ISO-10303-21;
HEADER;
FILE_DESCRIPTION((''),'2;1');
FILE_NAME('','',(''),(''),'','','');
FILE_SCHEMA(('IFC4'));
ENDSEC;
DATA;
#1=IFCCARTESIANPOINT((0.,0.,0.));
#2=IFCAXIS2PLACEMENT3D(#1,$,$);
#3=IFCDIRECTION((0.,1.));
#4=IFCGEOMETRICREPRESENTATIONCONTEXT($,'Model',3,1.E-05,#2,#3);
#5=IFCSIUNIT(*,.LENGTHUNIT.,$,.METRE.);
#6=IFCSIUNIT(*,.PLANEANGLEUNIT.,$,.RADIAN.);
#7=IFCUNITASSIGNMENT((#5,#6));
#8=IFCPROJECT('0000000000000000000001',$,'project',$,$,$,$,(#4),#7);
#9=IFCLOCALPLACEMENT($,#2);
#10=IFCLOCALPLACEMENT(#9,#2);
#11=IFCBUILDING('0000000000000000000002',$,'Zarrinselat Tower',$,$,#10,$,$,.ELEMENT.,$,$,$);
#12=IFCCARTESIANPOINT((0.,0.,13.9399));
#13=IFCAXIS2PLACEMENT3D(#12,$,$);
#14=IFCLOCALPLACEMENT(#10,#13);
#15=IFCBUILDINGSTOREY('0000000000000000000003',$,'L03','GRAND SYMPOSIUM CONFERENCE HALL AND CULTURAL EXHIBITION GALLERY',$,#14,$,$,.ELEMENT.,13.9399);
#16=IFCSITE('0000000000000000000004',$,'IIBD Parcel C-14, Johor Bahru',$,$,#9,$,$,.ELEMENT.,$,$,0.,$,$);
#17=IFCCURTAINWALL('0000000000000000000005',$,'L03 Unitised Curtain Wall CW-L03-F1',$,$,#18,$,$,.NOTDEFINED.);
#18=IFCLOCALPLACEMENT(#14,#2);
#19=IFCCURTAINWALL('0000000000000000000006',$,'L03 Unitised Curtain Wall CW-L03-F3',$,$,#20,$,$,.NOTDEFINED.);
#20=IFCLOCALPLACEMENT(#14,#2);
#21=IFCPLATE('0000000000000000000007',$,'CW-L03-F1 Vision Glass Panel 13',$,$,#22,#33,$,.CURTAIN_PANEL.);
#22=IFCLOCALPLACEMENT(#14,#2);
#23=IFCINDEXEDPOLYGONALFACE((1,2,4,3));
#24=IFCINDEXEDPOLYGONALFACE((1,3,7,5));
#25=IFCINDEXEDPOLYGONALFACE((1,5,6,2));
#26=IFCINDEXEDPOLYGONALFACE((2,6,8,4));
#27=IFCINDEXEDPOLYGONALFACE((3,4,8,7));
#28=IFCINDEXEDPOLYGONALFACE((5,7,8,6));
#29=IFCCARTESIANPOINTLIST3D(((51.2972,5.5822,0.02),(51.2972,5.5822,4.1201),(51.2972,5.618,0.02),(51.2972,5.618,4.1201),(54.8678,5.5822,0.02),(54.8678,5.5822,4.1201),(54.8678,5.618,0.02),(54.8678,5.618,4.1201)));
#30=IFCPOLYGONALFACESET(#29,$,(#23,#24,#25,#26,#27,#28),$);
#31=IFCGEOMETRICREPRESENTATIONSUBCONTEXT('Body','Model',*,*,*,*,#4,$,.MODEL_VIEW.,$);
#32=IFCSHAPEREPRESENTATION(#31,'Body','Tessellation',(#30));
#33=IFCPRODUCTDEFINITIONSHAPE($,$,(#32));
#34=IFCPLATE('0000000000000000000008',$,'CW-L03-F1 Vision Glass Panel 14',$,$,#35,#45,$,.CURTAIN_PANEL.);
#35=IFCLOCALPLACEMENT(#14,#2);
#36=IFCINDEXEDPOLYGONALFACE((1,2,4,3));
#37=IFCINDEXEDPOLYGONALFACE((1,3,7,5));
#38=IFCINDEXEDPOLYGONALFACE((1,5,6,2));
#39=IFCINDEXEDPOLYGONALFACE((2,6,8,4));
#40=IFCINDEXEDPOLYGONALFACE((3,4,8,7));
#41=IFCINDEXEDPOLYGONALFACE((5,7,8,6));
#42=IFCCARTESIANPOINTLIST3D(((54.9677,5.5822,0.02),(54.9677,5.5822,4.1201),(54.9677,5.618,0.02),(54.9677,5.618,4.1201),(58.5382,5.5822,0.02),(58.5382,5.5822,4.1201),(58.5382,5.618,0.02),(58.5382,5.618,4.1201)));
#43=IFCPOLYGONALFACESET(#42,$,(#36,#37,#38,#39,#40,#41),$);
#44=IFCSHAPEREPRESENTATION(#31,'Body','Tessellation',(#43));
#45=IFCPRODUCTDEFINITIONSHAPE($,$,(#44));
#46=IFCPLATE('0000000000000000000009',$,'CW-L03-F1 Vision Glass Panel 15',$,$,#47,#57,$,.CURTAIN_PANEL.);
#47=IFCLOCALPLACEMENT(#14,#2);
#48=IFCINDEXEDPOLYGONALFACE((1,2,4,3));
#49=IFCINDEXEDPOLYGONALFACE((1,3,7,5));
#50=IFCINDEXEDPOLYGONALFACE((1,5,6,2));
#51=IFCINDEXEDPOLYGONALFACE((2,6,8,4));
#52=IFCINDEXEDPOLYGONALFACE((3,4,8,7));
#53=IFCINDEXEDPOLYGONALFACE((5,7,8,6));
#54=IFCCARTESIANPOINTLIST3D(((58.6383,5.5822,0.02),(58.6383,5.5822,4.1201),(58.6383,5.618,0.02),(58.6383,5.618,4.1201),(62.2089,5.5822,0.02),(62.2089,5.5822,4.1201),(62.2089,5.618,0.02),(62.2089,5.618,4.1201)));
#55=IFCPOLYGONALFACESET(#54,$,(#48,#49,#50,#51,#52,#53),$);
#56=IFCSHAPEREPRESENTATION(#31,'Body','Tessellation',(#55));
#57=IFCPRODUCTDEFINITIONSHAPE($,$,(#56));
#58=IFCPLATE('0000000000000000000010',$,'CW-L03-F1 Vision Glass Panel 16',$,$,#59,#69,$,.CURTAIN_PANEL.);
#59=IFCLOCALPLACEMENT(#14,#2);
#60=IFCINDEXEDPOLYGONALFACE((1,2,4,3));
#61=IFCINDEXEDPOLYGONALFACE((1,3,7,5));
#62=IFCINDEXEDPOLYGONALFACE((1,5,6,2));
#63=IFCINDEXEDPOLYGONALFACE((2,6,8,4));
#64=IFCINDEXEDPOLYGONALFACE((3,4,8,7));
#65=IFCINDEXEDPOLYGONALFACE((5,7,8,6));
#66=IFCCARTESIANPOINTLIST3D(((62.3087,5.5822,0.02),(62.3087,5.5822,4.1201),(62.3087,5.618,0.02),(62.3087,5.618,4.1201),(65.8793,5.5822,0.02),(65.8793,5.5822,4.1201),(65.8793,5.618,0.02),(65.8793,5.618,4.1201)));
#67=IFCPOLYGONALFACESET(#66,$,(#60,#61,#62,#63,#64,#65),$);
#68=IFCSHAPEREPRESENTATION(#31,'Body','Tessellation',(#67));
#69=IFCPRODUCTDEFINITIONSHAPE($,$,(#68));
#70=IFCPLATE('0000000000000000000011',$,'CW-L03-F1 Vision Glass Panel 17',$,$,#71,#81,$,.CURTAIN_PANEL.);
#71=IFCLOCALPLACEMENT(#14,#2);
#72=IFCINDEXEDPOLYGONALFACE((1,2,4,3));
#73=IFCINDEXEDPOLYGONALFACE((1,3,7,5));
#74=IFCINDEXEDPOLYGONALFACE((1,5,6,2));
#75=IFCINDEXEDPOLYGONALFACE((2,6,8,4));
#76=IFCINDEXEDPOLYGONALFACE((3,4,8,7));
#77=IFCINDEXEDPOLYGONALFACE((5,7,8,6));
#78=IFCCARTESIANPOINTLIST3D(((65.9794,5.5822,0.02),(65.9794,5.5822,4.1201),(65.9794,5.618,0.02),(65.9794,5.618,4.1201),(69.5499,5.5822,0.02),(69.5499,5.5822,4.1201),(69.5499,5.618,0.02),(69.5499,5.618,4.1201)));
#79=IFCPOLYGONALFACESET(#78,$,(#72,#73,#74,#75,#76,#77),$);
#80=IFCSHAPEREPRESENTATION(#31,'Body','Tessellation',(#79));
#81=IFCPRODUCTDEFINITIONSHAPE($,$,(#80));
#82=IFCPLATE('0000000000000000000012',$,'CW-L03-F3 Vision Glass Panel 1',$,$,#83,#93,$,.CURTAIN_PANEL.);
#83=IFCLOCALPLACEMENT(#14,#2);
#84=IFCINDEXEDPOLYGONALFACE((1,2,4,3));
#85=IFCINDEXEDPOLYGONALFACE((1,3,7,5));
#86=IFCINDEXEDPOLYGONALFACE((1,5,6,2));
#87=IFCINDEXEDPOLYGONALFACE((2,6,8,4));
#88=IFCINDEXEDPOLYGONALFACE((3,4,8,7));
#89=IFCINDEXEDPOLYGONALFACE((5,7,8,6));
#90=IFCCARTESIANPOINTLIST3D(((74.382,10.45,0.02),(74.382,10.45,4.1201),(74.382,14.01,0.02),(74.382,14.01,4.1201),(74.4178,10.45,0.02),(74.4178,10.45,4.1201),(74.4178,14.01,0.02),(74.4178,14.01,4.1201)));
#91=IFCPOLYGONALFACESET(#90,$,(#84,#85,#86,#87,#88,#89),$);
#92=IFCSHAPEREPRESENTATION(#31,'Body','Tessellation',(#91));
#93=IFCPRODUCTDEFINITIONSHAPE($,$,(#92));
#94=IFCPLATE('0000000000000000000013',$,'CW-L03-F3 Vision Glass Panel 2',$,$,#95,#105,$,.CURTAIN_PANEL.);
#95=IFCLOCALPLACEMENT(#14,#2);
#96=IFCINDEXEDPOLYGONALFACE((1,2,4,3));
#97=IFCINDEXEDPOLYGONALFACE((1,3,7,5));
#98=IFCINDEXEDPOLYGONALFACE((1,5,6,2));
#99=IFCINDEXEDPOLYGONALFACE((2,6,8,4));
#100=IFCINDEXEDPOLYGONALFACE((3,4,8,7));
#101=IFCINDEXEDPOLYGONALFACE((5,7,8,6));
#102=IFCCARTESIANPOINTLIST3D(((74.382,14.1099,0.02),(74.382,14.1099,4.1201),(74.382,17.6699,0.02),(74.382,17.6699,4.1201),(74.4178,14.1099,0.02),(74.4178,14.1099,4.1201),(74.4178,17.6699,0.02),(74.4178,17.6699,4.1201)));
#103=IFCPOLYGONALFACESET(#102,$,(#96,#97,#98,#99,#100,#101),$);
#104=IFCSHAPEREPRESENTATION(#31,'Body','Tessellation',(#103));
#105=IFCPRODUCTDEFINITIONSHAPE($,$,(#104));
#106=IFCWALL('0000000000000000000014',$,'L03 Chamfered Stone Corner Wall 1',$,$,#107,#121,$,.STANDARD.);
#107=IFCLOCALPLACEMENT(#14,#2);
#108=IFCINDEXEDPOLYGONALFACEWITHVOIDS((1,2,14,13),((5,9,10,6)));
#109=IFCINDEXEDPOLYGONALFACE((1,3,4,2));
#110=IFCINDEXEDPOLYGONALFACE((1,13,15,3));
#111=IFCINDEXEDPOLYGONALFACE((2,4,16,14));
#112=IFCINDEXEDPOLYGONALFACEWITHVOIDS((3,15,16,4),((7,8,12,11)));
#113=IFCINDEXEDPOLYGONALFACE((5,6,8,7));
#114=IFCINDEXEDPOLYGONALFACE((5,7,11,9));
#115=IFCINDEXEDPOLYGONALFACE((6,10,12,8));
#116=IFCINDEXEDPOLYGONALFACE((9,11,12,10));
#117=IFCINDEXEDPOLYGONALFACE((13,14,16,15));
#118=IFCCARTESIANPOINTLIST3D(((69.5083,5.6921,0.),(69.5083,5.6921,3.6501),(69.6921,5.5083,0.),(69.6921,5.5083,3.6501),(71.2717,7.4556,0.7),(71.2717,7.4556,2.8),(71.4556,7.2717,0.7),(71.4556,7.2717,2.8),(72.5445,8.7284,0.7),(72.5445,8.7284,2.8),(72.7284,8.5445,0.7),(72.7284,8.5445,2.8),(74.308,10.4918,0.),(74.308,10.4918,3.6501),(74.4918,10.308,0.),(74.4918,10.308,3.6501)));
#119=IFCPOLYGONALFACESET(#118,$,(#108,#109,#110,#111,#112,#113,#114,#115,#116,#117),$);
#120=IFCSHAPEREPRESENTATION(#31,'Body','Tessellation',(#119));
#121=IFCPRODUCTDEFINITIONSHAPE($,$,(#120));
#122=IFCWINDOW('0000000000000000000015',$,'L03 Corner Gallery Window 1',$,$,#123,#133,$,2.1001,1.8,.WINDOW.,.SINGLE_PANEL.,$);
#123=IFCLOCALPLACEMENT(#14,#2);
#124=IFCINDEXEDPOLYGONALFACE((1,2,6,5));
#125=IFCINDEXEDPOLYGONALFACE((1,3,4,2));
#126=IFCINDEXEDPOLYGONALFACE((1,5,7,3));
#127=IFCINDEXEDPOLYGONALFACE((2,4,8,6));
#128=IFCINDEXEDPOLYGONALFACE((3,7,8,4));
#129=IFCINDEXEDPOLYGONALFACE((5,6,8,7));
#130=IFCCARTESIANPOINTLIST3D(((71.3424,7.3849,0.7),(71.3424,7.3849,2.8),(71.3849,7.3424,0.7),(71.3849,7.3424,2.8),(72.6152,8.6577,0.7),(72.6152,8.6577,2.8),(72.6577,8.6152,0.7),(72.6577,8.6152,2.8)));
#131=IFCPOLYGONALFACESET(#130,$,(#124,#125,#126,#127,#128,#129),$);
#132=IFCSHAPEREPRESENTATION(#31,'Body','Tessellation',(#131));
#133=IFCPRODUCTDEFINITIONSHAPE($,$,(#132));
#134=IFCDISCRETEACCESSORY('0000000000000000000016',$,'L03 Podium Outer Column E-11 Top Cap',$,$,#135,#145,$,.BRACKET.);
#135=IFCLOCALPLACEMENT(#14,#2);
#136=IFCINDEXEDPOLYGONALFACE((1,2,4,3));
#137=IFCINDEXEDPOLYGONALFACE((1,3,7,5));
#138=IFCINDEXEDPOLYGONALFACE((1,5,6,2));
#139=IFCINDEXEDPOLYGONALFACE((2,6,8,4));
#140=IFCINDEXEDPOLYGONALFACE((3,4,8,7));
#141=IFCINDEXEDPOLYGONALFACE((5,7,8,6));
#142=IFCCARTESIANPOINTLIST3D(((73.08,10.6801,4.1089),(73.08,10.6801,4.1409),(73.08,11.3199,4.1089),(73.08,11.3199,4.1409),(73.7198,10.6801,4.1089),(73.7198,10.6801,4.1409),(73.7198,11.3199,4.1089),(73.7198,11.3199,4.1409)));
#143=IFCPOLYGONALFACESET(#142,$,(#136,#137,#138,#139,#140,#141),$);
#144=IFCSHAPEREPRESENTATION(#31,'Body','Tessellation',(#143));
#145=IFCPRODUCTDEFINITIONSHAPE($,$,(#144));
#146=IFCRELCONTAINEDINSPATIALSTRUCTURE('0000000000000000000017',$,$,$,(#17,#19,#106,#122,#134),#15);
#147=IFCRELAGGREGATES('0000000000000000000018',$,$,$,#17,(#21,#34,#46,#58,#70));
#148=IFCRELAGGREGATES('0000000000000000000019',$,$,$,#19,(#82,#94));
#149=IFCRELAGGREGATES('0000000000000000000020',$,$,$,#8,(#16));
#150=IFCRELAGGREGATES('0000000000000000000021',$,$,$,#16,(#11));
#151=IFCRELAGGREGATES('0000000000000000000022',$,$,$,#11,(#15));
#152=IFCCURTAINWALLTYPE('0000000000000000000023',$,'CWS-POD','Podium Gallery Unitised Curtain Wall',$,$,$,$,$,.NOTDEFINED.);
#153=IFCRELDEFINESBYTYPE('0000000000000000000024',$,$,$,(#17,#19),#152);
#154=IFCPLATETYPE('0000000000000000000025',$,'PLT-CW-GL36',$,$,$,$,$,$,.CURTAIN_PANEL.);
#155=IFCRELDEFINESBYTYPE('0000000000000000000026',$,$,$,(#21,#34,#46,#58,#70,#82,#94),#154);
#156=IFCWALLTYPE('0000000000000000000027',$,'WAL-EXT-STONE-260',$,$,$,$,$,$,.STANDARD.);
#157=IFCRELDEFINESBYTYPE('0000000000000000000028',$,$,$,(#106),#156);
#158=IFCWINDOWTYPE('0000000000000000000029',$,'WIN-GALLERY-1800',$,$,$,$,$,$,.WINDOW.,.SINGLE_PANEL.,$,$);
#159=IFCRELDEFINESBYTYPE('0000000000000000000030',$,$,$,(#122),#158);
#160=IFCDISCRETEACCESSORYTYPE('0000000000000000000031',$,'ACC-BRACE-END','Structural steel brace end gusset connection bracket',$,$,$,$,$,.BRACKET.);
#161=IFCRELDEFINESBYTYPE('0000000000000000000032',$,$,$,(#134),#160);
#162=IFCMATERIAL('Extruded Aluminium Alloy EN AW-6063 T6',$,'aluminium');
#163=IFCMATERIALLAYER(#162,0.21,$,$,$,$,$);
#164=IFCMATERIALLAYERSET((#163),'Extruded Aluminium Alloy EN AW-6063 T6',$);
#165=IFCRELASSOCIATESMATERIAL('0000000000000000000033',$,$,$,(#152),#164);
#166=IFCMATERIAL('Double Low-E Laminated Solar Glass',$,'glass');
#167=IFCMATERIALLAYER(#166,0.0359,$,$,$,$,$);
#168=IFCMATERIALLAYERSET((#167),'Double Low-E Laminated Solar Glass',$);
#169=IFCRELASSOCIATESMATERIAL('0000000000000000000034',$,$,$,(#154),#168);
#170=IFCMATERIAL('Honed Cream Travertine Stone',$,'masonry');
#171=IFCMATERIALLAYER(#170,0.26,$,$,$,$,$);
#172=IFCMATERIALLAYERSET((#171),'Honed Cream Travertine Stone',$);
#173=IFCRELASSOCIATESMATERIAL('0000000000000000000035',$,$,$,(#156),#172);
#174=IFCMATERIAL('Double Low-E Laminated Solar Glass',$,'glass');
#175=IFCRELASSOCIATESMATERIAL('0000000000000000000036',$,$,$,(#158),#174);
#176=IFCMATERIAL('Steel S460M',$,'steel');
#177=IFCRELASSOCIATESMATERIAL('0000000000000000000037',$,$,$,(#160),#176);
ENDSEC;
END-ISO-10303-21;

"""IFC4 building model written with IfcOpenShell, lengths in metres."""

from ifc_helpers import new_model, si_unit, direction, frame, frame_2d, origin, origin_2d, place, context, subcontext, project, spatial, rectangle, extrude, material, layer, layer_set, type_object, element, fill, aggregate, save


model = new_model("IFC4")

# Units and contexts
model_context = context("Model", 3, precision=1e-05, world=origin(), true_north=direction((0.0, 1.0)))
body_context = subcontext(model_context, "Body", "Model", "MODEL_VIEW")
ifc_project = project(units=[si_unit("LENGTHUNIT", "METRE"), si_unit("PLANEANGLEUNIT", "RADIAN")], contexts=[model_context])

# Site, building, storey
site_placement = place(None, origin())
site = spatial("IfcSite", under=ifc_project, at=site_placement, Name="IIBD Parcel C-14, Johor Bahru", CompositionType="ELEMENT", RefElevation=0.0)
building_placement = place(site_placement, origin())
building = spatial("IfcBuilding", under=site, at=building_placement, Name="Zarrinselat Tower", CompositionType="ELEMENT")
storey_placement = place(building_placement, frame((0.0, 0.0, 13.9399)))
storey = spatial("IfcBuildingStorey", under=building, at=storey_placement, Name="L03", Description="GRAND SYMPOSIUM CONFERENCE HALL AND CULTURAL EXHIBITION GALLERY", CompositionType="ELEMENT", Elevation=13.9399)

# Curtain walls
ifc_material_1 = material(Name="Extruded Aluminium Alloy EN AW-6063 T6", Category="aluminium")
ifc_layer_1 = layer(ifc_material_1, 0.21)
ifc_layer_set_1 = layer_set([ifc_layer_1], Name="Extruded Aluminium Alloy EN AW-6063 T6")
curtain_wall_type = type_object("IfcCurtainWallType", Name="CWS-POD", Description="Podium Gallery Unitised Curtain Wall", PredefinedType="NOTDEFINED", material=ifc_layer_set_1)
curtain_wall_1_placement = place(storey_placement, origin())
curtain_wall_1 = element("IfcCurtainWall", 1, at=curtain_wall_1_placement, inside=storey, type_object=curtain_wall_type, Name="L03 Unitised Curtain Wall CW-L03-F1", PredefinedType="NOTDEFINED")
curtain_wall_2_placement = place(storey_placement, origin())
curtain_wall_2 = element("IfcCurtainWall", 2, at=curtain_wall_2_placement, inside=storey, type_object=curtain_wall_type, Name="L03 Unitised Curtain Wall CW-L03-F3", PredefinedType="NOTDEFINED")

# Plates
ifc_material_2 = material(Name="Double Low-E Laminated Solar Glass", Category="glass")
ifc_layer_2 = layer(ifc_material_2, 0.0359)
ifc_layer_set_2 = layer_set([ifc_layer_2], Name="Double Low-E Laminated Solar Glass")
plate_type = type_object("IfcPlateType", Name="PLT-CW-GL36", PredefinedType="CURTAIN_PANEL", material=ifc_layer_set_2)
plate_1_placement = place(storey_placement, frame((53.0825, 5.6001, 0.02), z_axis=(0.0, 0.0, 1.0), x_axis=(1.0, 0.0, 0.0)))
plate_1 = element("IfcPlate", 3, at=plate_1_placement, type_object=plate_type, Name="CW-L03-F1 Vision Glass Panel 13", PredefinedType="CURTAIN_PANEL", context=body_context, shape_type="SweptSolid", body=[
    extrude(rectangle(XDim=3.5706, YDim=0.0359, at=origin_2d()), origin(), (0.0, 0.0, 1.0), 4.1001),
])
plate_2_placement = place(storey_placement, frame((56.7529, 5.6001, 0.02), z_axis=(0.0, 0.0, 1.0), x_axis=(1.0, 0.0, 0.0)))
plate_2 = element("IfcPlate", 4, at=plate_2_placement, type_object=plate_type, Name="CW-L03-F1 Vision Glass Panel 14", PredefinedType="CURTAIN_PANEL", context=body_context, shape_type="SweptSolid", body=[
    extrude(rectangle(XDim=3.5706, YDim=0.0359, at=origin_2d()), origin(), (0.0, 0.0, 1.0), 4.1001),
])
plate_3_placement = place(storey_placement, frame((60.4236, 5.6001, 0.02), z_axis=(0.0, 0.0, 1.0), x_axis=(1.0, 0.0, 0.0)))
plate_3 = element("IfcPlate", 5, at=plate_3_placement, type_object=plate_type, Name="CW-L03-F1 Vision Glass Panel 15", PredefinedType="CURTAIN_PANEL", context=body_context, shape_type="SweptSolid", body=[
    extrude(rectangle(XDim=3.5706, YDim=0.0359, at=origin_2d()), origin(), (0.0, 0.0, 1.0), 4.1001),
])
plate_4_placement = place(storey_placement, frame((64.094, 5.6001, 0.02), z_axis=(0.0, 0.0, 1.0), x_axis=(1.0, 0.0, 0.0)))
plate_4 = element("IfcPlate", 6, at=plate_4_placement, type_object=plate_type, Name="CW-L03-F1 Vision Glass Panel 16", PredefinedType="CURTAIN_PANEL", context=body_context, shape_type="SweptSolid", body=[
    extrude(rectangle(XDim=3.5706, YDim=0.0359, at=origin_2d()), origin(), (0.0, 0.0, 1.0), 4.1001),
])
plate_5_placement = place(storey_placement, frame((67.7646, 5.6001, 0.02), z_axis=(0.0, 0.0, 1.0), x_axis=(1.0, 0.0, 0.0)))
plate_5 = element("IfcPlate", 7, at=plate_5_placement, type_object=plate_type, Name="CW-L03-F1 Vision Glass Panel 17", PredefinedType="CURTAIN_PANEL", context=body_context, shape_type="SweptSolid", body=[
    extrude(rectangle(XDim=3.5706, YDim=0.0359, at=origin_2d()), origin(), (0.0, 0.0, 1.0), 4.1001),
])
aggregate(curtain_wall_1, [plate_1, plate_2, plate_3, plate_4, plate_5])
plate_6_placement = place(storey_placement, frame((74.3999, 12.23, 0.02), z_axis=(0.0, 0.0, 1.0), x_axis=(0.0, 1.0, 0.0)))
plate_6 = element("IfcPlate", 8, at=plate_6_placement, type_object=plate_type, Name="CW-L03-F3 Vision Glass Panel 1", PredefinedType="CURTAIN_PANEL", context=body_context, shape_type="SweptSolid", body=[
    extrude(rectangle(XDim=3.5601, YDim=0.0359, at=origin_2d()), origin(), (0.0, 0.0, 1.0), 4.1001),
])
plate_7_placement = place(storey_placement, frame((74.3999, 15.8899, 0.02), z_axis=(0.0, 0.0, 1.0), x_axis=(0.0, 1.0, 0.0)))
plate_7 = element("IfcPlate", 9, at=plate_7_placement, type_object=plate_type, Name="CW-L03-F3 Vision Glass Panel 2", PredefinedType="CURTAIN_PANEL", context=body_context, shape_type="SweptSolid", body=[
    extrude(rectangle(XDim=3.5601, YDim=0.0359, at=origin_2d()), origin(), (0.0, 0.0, 1.0), 4.1001),
])
aggregate(curtain_wall_2, [plate_6, plate_7])

# Wall, opening, window
ifc_material_3 = material(Name="Honed Cream Travertine Stone", Category="masonry")
ifc_layer_3 = layer(ifc_material_3, 0.26)
ifc_layer_set_3 = layer_set([ifc_layer_3], Name="Honed Cream Travertine Stone")
wall_type = type_object("IfcWallType", Name="WAL-EXT-STONE-260", PredefinedType="STANDARD", material=ifc_layer_set_3)
wall_placement = place(storey_placement, frame((69.6001, 5.6001, 0.0), z_axis=(0.0, 0.0, 1.0), x_axis=(0.707107, 0.707107, 0.0)))
wall = element("IfcWall", 10, at=wall_placement, inside=storey, type_object=wall_type, Name="L03 Chamfered Stone Corner Wall 1", PredefinedType="STANDARD", context=body_context, shape_type="SweptSolid", body=[
    extrude(rectangle(XDim=6.7878, YDim=0.26, at=frame_2d((3.394, 0.0))), origin(), (0.0, 0.0, 1.0), 3.6501),
])
opening_placement = place(wall_placement, frame((2.4941, 0.0, 0.7)))
opening = element("IfcOpeningElement", 11, at=opening_placement, cuts=wall, PredefinedType="OPENING", context=body_context, shape_type="SweptSolid", body=[
    extrude(rectangle(XDim=1.8, YDim=2.1001, at=frame_2d((0.8999, 1.05))), frame((0.0, 0.1399, 0.0), z_axis=(0.0, -1.0, 0.0), x_axis=(1.0, 0.0, 0.0)), (0.0, 0.0, 1.0), 0.28),
])
ifc_material_4 = material(Name="Double Low-E Laminated Solar Glass", Category="glass")
window_type = type_object("IfcWindowType", Name="WIN-GALLERY-1800", PartitioningType="SINGLE_PANEL", PredefinedType="WINDOW", material=ifc_material_4)
window_placement = place(opening_placement, origin())
window = element("IfcWindow", 12, at=window_placement, inside=storey, type_object=window_type, Name="L03 Corner Gallery Window 1", OverallHeight=2.1001, OverallWidth=1.8, PartitioningType="SINGLE_PANEL", PredefinedType="WINDOW", context=body_context, shape_type="SweptSolid", body=[
    extrude(rectangle(XDim=1.8, YDim=2.1001, at=frame_2d((0.8999, 1.05))), frame((0.0, 0.03, 0.0), z_axis=(0.0, -1.0, 0.0), x_axis=(1.0, 0.0, 0.0)), (0.0, 0.0, 1.0), 0.0601),
])
fill(opening, window)

# Discrete accessory
ifc_material_5 = material(Name="Steel S460M", Category="steel")
discrete_accessory_type = type_object("IfcDiscreteAccessoryType", Name="ACC-BRACE-END", Description="Structural steel brace end gusset connection bracket", PredefinedType="BRACKET", material=ifc_material_5)
discrete_accessory_placement = place(storey_placement, frame((73.3999, 11.0, 4.1089), z_axis=(0.0, 0.0, 1.0), x_axis=(1.0, 0.0, 0.0)))
element("IfcDiscreteAccessory", 13, at=discrete_accessory_placement, inside=storey, type_object=discrete_accessory_type, Name="L03 Podium Outer Column E-11 Top Cap", PredefinedType="BRACKET", context=body_context, shape_type="SweptSolid", body=[
    extrude(rectangle(XDim=0.6399, YDim=0.6399, at=origin_2d()), origin(), (0.0, 0.0, 1.0), 0.032),
])

save(model, "model.ifc")
